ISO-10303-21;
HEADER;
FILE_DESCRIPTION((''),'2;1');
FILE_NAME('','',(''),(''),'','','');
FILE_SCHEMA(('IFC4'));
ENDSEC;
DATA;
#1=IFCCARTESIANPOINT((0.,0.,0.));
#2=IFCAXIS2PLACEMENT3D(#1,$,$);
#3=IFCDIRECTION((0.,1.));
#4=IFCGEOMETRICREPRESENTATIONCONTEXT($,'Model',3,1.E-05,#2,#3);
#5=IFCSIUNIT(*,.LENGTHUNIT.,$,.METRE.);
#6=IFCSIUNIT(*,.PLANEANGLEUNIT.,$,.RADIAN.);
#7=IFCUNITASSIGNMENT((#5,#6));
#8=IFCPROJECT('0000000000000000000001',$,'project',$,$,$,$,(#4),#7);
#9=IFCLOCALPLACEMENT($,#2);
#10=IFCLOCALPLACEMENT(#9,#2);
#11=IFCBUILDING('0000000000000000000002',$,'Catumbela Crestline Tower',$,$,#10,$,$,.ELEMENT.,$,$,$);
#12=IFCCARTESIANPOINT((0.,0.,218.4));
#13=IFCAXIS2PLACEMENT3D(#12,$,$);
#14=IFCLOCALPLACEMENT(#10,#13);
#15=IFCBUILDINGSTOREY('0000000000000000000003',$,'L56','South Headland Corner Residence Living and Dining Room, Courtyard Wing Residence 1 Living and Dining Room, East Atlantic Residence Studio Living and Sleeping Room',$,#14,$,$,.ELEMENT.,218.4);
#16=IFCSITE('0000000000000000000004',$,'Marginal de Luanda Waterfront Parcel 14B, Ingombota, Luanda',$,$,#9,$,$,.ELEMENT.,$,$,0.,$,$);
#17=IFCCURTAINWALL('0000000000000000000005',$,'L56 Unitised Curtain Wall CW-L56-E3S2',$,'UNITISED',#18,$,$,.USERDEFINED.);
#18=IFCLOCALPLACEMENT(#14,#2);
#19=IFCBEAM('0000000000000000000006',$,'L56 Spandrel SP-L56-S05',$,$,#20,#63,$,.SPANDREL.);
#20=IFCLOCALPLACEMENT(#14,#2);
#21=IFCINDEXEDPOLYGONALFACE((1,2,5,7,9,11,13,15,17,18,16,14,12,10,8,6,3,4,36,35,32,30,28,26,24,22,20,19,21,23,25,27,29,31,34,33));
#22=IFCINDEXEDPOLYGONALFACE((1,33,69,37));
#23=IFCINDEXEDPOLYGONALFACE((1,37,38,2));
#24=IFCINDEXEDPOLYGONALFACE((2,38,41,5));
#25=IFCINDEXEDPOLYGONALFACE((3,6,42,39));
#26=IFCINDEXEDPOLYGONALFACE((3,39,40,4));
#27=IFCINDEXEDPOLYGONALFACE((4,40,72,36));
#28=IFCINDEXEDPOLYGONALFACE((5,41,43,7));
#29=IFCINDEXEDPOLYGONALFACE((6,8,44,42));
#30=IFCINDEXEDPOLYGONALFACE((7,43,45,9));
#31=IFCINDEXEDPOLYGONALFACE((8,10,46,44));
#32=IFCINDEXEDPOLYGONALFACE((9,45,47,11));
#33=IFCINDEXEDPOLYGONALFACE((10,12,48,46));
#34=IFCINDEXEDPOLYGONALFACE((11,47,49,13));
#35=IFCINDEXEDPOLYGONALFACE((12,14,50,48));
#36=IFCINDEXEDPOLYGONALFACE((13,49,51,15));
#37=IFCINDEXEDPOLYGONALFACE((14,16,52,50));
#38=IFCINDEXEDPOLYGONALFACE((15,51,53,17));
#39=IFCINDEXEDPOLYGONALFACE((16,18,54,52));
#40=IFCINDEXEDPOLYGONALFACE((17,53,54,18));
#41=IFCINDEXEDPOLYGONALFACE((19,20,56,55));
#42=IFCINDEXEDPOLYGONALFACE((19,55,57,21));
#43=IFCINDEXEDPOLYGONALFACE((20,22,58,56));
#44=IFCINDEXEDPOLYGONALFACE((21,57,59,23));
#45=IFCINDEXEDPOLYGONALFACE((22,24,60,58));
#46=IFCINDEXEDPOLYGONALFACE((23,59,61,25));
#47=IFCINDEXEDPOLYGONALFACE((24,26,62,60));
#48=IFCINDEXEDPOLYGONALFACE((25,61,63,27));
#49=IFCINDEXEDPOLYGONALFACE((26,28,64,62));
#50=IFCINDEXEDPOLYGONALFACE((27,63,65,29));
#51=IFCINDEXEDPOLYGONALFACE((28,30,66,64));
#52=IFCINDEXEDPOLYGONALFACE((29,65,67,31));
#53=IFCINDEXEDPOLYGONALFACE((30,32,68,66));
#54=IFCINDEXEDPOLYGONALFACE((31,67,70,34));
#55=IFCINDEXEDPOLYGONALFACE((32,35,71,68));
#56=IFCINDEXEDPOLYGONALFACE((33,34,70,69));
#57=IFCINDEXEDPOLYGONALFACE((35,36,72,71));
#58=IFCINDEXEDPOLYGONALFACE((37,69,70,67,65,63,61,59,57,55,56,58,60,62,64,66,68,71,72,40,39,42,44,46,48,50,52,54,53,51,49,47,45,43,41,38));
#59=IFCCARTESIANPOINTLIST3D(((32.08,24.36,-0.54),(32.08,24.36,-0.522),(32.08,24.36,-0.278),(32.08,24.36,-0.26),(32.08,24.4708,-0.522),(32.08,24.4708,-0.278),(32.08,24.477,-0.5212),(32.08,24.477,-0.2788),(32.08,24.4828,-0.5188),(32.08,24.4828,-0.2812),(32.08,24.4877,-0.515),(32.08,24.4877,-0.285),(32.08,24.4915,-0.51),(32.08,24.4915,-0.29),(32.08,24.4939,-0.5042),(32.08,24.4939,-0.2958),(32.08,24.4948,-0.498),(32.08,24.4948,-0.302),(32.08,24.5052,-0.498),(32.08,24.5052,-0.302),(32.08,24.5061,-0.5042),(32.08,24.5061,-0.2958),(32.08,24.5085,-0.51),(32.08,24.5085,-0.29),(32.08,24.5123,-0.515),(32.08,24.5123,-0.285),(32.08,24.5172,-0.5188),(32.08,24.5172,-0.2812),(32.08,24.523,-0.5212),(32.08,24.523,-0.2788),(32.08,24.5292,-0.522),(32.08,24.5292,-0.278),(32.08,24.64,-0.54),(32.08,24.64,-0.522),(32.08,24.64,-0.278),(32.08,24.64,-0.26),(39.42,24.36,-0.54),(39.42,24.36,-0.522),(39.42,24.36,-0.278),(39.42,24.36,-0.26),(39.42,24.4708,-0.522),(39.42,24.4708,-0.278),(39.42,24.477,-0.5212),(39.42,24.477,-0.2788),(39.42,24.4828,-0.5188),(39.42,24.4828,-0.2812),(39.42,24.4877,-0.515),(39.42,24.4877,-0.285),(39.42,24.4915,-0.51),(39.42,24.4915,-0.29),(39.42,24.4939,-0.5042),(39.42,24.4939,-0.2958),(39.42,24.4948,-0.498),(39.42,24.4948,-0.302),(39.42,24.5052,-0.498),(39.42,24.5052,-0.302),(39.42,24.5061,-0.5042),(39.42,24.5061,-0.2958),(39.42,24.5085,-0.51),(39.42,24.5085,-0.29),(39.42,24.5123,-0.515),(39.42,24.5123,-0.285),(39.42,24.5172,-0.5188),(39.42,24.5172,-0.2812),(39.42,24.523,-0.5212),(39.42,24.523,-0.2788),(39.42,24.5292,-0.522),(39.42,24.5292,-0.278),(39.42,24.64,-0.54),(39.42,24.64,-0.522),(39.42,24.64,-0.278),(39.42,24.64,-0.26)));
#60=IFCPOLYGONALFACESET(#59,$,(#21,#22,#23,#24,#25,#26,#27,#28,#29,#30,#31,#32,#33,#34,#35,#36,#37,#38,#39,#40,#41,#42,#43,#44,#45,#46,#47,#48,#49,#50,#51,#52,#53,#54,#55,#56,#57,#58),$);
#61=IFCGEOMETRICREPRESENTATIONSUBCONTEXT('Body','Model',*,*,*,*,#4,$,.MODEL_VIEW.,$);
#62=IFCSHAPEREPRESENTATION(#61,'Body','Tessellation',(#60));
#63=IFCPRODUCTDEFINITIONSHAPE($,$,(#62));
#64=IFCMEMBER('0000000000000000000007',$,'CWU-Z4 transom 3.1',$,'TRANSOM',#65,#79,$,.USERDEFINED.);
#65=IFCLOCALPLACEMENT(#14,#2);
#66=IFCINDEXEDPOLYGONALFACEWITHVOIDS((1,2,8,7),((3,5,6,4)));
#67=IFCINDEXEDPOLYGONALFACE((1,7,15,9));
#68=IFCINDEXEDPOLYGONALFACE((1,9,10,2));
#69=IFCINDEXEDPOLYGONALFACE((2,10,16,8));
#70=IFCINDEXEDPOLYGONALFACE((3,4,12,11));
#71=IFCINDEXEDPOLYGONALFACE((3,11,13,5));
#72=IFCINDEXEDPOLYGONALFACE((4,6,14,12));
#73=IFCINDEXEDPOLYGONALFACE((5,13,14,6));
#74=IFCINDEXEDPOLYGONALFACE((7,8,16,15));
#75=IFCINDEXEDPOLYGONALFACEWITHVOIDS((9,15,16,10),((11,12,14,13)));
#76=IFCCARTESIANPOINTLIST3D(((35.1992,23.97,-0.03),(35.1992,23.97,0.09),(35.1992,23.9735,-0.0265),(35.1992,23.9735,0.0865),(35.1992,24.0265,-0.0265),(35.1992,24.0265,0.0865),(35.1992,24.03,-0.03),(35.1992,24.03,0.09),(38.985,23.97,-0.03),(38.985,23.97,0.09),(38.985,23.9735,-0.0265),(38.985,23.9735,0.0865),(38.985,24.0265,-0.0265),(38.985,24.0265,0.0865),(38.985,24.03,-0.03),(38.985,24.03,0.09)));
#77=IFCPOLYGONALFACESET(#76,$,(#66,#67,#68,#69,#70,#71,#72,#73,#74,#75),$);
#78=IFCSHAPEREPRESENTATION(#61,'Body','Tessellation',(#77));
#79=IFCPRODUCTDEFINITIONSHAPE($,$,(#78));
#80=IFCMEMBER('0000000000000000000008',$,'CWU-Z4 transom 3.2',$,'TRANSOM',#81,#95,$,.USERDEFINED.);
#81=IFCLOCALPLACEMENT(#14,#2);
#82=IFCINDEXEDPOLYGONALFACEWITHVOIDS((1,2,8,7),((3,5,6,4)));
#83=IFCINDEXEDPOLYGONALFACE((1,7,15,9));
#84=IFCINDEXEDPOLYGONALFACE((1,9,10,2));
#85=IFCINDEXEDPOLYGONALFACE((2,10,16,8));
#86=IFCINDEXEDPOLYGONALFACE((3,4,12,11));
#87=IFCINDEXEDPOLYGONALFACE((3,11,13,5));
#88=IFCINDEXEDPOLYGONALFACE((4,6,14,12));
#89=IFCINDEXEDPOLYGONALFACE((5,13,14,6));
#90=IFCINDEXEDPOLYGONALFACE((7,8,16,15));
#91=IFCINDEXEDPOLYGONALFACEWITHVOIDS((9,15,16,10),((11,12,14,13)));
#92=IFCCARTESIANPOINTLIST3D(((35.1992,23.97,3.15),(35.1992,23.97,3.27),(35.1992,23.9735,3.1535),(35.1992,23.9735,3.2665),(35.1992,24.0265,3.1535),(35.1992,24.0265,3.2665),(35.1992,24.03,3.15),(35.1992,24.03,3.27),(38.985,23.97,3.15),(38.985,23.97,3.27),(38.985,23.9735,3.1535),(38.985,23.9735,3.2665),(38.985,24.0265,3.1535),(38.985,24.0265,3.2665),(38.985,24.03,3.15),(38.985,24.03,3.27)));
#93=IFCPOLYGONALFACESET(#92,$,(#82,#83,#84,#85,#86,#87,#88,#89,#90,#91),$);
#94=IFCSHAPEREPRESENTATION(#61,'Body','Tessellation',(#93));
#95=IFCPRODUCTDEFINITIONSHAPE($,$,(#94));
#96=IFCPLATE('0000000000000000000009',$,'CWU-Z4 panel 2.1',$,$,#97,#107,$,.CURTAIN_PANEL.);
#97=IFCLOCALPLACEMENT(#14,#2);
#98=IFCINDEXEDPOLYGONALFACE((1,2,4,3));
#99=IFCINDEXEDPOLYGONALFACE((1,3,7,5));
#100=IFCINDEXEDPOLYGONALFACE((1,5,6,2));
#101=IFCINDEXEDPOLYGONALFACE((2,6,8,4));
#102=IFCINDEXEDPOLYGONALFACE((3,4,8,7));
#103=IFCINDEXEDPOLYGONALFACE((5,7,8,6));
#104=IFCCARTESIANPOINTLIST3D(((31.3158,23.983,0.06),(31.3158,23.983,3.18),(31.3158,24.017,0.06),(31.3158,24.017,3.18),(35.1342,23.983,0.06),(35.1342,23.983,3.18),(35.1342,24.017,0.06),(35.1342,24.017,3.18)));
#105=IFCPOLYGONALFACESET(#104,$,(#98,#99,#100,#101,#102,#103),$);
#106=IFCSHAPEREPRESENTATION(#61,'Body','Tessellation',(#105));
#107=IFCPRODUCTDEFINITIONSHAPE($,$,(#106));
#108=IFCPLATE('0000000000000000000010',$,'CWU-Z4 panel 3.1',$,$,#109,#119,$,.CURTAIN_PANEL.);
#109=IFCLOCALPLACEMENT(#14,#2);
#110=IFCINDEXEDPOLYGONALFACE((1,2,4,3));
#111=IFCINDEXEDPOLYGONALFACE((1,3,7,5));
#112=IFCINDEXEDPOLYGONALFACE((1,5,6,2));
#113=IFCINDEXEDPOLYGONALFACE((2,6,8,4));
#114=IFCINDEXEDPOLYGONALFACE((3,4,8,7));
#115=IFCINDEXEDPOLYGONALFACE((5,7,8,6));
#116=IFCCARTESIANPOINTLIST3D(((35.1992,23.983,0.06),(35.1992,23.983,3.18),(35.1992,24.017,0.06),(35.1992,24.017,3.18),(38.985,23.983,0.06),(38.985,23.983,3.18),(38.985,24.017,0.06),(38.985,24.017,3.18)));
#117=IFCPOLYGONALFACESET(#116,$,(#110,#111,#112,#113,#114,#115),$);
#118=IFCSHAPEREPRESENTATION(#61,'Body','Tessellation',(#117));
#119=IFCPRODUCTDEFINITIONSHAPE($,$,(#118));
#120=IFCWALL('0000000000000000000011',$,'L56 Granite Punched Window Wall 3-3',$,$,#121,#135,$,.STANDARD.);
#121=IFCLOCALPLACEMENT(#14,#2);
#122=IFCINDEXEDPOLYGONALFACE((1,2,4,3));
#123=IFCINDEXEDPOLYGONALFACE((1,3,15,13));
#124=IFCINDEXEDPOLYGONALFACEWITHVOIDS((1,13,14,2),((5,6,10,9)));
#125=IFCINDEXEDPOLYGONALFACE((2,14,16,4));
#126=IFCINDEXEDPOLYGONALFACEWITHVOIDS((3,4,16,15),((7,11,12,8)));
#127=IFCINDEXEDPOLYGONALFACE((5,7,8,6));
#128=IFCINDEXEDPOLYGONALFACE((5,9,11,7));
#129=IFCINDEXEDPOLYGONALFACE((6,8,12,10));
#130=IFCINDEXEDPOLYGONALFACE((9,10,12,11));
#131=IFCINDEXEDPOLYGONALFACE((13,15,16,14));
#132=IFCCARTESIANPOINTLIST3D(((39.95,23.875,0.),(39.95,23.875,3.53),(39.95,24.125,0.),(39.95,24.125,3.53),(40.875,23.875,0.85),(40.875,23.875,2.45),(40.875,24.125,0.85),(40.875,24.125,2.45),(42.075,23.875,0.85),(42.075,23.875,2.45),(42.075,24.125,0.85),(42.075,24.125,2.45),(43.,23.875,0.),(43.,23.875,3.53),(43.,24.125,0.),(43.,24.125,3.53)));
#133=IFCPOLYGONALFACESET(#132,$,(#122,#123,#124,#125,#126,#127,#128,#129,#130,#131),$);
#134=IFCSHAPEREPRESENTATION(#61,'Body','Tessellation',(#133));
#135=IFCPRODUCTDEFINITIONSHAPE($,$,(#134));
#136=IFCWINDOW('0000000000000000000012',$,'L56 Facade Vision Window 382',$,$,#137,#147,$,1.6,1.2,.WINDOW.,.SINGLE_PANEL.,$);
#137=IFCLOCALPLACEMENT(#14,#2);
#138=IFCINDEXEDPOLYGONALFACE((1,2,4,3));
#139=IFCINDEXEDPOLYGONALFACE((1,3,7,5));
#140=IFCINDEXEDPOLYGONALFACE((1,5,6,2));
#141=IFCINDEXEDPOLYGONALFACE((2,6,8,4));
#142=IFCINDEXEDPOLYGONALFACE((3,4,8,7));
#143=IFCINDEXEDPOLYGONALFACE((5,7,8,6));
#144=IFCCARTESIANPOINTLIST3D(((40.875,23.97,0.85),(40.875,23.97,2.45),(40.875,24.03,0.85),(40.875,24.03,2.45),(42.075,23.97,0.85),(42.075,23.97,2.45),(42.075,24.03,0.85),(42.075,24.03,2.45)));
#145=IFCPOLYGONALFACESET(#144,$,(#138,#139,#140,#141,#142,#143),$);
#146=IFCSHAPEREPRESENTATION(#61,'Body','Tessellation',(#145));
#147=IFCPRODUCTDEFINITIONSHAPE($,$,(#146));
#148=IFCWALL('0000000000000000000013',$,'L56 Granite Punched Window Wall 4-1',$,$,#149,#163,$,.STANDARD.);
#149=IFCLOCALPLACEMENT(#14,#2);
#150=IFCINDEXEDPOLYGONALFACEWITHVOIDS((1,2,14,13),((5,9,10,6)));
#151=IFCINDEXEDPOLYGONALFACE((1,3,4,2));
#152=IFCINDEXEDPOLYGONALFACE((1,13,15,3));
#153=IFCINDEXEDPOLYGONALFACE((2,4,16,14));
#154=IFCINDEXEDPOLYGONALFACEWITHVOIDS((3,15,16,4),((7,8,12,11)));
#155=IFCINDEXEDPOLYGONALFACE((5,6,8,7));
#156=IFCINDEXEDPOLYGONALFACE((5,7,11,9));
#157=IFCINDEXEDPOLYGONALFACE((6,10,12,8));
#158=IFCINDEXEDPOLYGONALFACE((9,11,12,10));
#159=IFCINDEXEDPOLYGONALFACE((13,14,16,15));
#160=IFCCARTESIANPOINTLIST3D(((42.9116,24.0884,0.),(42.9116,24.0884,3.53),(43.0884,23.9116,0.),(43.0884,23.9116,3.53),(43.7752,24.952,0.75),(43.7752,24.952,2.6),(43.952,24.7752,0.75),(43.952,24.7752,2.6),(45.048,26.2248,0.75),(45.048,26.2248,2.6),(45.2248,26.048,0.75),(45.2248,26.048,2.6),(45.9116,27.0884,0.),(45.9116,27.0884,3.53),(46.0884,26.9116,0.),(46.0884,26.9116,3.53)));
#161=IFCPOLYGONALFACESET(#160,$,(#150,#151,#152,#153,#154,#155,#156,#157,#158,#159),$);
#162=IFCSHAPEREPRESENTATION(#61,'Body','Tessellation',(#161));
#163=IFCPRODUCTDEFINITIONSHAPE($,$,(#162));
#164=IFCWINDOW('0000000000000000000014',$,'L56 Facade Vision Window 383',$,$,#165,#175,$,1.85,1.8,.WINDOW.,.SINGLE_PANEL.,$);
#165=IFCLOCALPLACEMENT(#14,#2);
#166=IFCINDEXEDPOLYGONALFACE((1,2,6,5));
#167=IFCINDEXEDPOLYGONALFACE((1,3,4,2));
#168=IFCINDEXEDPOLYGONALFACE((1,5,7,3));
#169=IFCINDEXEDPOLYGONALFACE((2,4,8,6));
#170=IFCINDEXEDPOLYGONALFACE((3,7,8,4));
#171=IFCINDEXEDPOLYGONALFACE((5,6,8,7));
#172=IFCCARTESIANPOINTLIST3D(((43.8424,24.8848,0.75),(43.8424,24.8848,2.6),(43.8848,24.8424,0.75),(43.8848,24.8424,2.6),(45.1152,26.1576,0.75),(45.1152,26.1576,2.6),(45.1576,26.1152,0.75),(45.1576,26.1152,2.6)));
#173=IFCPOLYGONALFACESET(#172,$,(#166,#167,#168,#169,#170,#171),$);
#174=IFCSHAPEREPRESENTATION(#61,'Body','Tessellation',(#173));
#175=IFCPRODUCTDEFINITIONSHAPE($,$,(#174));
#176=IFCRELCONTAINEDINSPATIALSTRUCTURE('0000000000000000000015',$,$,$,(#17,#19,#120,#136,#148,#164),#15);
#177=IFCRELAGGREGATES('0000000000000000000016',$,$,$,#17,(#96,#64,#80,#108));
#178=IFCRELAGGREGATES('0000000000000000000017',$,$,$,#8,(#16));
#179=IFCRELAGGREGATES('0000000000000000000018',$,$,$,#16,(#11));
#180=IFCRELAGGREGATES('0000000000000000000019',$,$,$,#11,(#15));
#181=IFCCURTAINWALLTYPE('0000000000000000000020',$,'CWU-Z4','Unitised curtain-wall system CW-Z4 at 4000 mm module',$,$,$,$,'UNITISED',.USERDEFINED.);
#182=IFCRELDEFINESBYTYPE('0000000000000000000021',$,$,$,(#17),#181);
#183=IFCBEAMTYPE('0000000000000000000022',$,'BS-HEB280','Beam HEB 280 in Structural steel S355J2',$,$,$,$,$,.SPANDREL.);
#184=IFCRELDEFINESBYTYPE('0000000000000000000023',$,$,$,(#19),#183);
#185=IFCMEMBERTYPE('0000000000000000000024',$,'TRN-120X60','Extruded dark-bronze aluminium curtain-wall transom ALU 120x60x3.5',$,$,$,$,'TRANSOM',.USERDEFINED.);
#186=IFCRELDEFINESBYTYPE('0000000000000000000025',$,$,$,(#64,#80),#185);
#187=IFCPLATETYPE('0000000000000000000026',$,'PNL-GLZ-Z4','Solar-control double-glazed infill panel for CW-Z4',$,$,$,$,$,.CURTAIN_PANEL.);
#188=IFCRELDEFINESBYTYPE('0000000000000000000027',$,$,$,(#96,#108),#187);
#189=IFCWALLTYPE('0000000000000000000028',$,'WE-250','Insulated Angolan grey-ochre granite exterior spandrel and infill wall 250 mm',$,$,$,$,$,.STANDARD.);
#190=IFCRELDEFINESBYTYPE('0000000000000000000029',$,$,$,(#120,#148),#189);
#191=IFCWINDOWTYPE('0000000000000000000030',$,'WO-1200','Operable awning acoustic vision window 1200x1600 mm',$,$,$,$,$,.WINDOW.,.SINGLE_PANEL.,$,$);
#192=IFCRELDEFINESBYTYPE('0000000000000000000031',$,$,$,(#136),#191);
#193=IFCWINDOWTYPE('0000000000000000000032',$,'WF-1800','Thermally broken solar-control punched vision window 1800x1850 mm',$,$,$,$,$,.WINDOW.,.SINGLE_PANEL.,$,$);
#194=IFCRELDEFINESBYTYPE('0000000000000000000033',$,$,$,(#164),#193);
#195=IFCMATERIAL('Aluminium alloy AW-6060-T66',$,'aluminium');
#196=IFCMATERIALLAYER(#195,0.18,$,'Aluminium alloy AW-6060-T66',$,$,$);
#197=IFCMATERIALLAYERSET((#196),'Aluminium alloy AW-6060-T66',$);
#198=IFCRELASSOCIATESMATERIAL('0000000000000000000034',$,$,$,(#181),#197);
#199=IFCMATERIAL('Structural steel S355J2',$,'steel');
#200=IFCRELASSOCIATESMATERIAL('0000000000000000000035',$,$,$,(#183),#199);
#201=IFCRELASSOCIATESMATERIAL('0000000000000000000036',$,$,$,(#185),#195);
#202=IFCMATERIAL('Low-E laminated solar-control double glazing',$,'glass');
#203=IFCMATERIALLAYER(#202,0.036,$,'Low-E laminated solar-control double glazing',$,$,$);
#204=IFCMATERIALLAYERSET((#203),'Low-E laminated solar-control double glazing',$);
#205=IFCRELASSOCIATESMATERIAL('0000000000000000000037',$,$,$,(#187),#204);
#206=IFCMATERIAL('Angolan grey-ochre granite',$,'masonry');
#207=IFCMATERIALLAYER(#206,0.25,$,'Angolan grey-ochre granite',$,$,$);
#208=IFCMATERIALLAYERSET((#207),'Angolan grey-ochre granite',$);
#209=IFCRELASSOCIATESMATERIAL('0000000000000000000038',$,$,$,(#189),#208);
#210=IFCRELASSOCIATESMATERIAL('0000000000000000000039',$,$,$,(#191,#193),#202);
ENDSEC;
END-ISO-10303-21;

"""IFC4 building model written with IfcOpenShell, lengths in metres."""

from ifc_helpers import new_model, si_unit, direction, frame, frame_2d, origin, origin_2d, place, context, subcontext, project, spatial, rectangle, hollow_rectangle, i_section, extrude, material, layer, layer_set, material_profile, profile_set, type_object, element, fill, aggregate, save


model = new_model("IFC4")

# Units and contexts
model_context = context("Model", 3, precision=1e-05, world=origin(), true_north=direction((0.0, 1.0)))
body_context = subcontext(model_context, "Body", "Model", "MODEL_VIEW")
ifc_project = project(units=[si_unit("LENGTHUNIT", "METRE"), si_unit("PLANEANGLEUNIT", "RADIAN")], contexts=[model_context])

# Site, building, storey
site_placement = place(None, origin())
site = spatial("IfcSite", under=ifc_project, at=site_placement, Name="Marginal de Luanda Waterfront Parcel 14B, Ingombota, Luanda", CompositionType="ELEMENT", RefElevation=0.0)
building_placement = place(site_placement, origin())
building = spatial("IfcBuilding", under=site, at=building_placement, Name="Catumbela Crestline Tower", CompositionType="ELEMENT")
storey_placement = place(building_placement, frame((0.0, 0.0, 218.4)))
storey = spatial("IfcBuildingStorey", under=building, at=storey_placement, Name="L56", Description="South Headland Corner Residence Living and Dining Room, Courtyard Wing Residence 1 Living and Dining Room, East Atlantic Residence Studio Living and Sleeping Room", CompositionType="ELEMENT", Elevation=218.4)

# Shared definitions
ifc_material_1 = material(Name="Structural steel S355J2", Category="steel")

# Curtain wall
ifc_material_2 = material(Name="Aluminium alloy AW-6060-T66", Category="aluminium")
ifc_layer_1 = layer(ifc_material_2, 0.18, Name="Aluminium alloy AW-6060-T66")
ifc_layer_set_1 = layer_set([ifc_layer_1], Name="Aluminium alloy AW-6060-T66")
curtain_wall_type = type_object("IfcCurtainWallType", Name="CWU-Z4", Description="Unitised curtain-wall system CW-Z4 at 4000 mm module", ElementType="UNITISED", PredefinedType="USERDEFINED", material=ifc_layer_set_1)
curtain_wall_placement = place(storey_placement, origin())
curtain_wall = element("IfcCurtainWall", 1, at=curtain_wall_placement, inside=storey, type_object=curtain_wall_type, Name="L56 Unitised Curtain Wall CW-L56-E3S2", ObjectType="UNITISED", PredefinedType="USERDEFINED")

# Beam
ifc_material_profile_1 = material_profile(ifc_material_1, i_section(OverallWidth=0.28, OverallDepth=0.28, WebThickness=0.0105, FlangeThickness=0.018, FilletRadius=0.024, at=origin_2d()), Name="HEB 280")
ifc_profile_set_1 = profile_set([ifc_material_profile_1], Name="Structural steel S355J2")
beam_type_1 = type_object("IfcBeamType", Name="BS-HEB280", Description="Beam HEB 280 in Structural steel S355J2", PredefinedType="SPANDREL", material=ifc_profile_set_1)
beam_1_placement = place(storey_placement, frame((32.08, 24.5, -0.4), z_axis=(1.0, 0.0, 0.0), x_axis=(0.0, 1.0, 0.0)))
element("IfcBeam", 2, at=beam_1_placement, inside=storey, type_object=beam_type_1, Name="L56 Spandrel SP-L56-S05", PredefinedType="SPANDREL", context=body_context, shape_type="SweptSolid", body=[
    extrude(i_section(OverallWidth=0.28, OverallDepth=0.28, WebThickness=0.0105, FlangeThickness=0.018, FilletRadius=0.024, at=origin_2d()), origin(), (0.0, 0.0, 1.0), 7.34),
])

# Members
ifc_material_profile_2 = material_profile(ifc_material_2, hollow_rectangle(XDim=0.06, YDim=0.12, WallThickness=0.0035, at=origin_2d()), Name="ALU 120x60x3.5")
ifc_profile_set_2 = profile_set([ifc_material_profile_2], Name="Aluminium alloy AW-6060-T66")
member_type_1 = type_object("IfcMemberType", Name="TRN-120X60", Description="Extruded dark-bronze aluminium curtain-wall transom ALU 120x60x3.5", ElementType="TRANSOM", PredefinedType="USERDEFINED", material=ifc_profile_set_2)
member_1_placement = place(storey_placement, frame((35.1992, 24.0, 0.03), z_axis=(1.0, 0.0, 0.0), x_axis=(0.0, 1.0, 0.0)))
member_1 = element("IfcMember", 3, at=member_1_placement, type_object=member_type_1, Name="CWU-Z4 transom 3.1", ObjectType="TRANSOM", PredefinedType="USERDEFINED", context=body_context, shape_type="SweptSolid", body=[
    extrude(hollow_rectangle(XDim=0.06, YDim=0.12, WallThickness=0.0035, at=origin_2d()), origin(), (0.0, 0.0, 1.0), 3.7858),
])
member_2_placement = place(storey_placement, frame((35.1992, 24.0, 3.21), z_axis=(1.0, 0.0, 0.0), x_axis=(0.0, 1.0, 0.0)))
member_2 = element("IfcMember", 4, at=member_2_placement, type_object=member_type_1, Name="CWU-Z4 transom 3.2", ObjectType="TRANSOM", PredefinedType="USERDEFINED", context=body_context, shape_type="SweptSolid", body=[
    extrude(hollow_rectangle(XDim=0.06, YDim=0.12, WallThickness=0.0035, at=origin_2d()), origin(), (0.0, 0.0, 1.0), 3.7858),
])

# Plates
ifc_material_3 = material(Name="Low-E laminated solar-control double glazing", Category="glass")
ifc_layer_2 = layer(ifc_material_3, 0.036, Name="Low-E laminated solar-control double glazing")
ifc_layer_set_2 = layer_set([ifc_layer_2], Name="Low-E laminated solar-control double glazing")
plate_type = type_object("IfcPlateType", Name="PNL-GLZ-Z4", Description="Solar-control double-glazed infill panel for CW-Z4", PredefinedType="CURTAIN_PANEL", material=ifc_layer_set_2)
plate_1_placement = place(storey_placement, frame((33.225, 24.0, 0.06), z_axis=(0.0, 0.0, 1.0), x_axis=(1.0, 0.0, 0.0)))
plate_1 = element("IfcPlate", 5, at=plate_1_placement, type_object=plate_type, Name="CWU-Z4 panel 2.1", PredefinedType="CURTAIN_PANEL", context=body_context, shape_type="SweptSolid", body=[
    extrude(rectangle(XDim=3.8183, YDim=0.034, at=origin_2d()), origin(), (0.0, 0.0, 1.0), 3.12),
])
plate_2_placement = place(storey_placement, frame((37.0921, 24.0, 0.06), z_axis=(0.0, 0.0, 1.0), x_axis=(1.0, 0.0, 0.0)))
plate_2 = element("IfcPlate", 6, at=plate_2_placement, type_object=plate_type, Name="CWU-Z4 panel 3.1", PredefinedType="CURTAIN_PANEL", context=body_context, shape_type="SweptSolid", body=[
    extrude(rectangle(XDim=3.7858, YDim=0.034, at=origin_2d()), origin(), (0.0, 0.0, 1.0), 3.12),
])
aggregate(curtain_wall, [plate_1, member_1, member_2, plate_2])

# Walls, openings, windows
ifc_material_4 = material(Name="Angolan grey-ochre granite", Category="masonry")
ifc_layer_3 = layer(ifc_material_4, 0.25, Name="Angolan grey-ochre granite")
ifc_layer_set_3 = layer_set([ifc_layer_3], Name="Angolan grey-ochre granite")
wall_type_1 = type_object("IfcWallType", Name="WE-250", Description="Insulated Angolan grey-ochre granite exterior spandrel and infill wall 250 mm", PredefinedType="STANDARD", material=ifc_layer_set_3)
wall_1_placement = place(storey_placement, frame((39.95, 24.0, 0.0), z_axis=(0.0, 0.0, 1.0), x_axis=(1.0, 0.0, 0.0)))
wall_1 = element("IfcWall", 7, at=wall_1_placement, inside=storey, type_object=wall_type_1, Name="L56 Granite Punched Window Wall 3-3", PredefinedType="STANDARD", context=body_context, shape_type="SweptSolid", body=[
    extrude(rectangle(XDim=3.05, YDim=0.25, at=frame_2d((1.525, 0.0))), origin(), (0.0, 0.0, 1.0), 3.53),
])
opening_1_placement = place(wall_1_placement, frame((0.925, 0.0, 0.85)))
opening_1 = element("IfcOpeningElement", 8, at=opening_1_placement, cuts=wall_1, PredefinedType="OPENING", context=body_context, shape_type="SweptSolid", body=[
    extrude(rectangle(XDim=1.2, YDim=1.6, at=frame_2d((0.6, 0.8))), frame((0.0, 0.135, 0.0), z_axis=(0.0, -1.0, 0.0), x_axis=(1.0, 0.0, 0.0)), (0.0, 0.0, 1.0), 0.27),
])
window_type_1 = type_object("IfcWindowType", Name="WO-1200", Description="Operable awning acoustic vision window 1200x1600 mm", PartitioningType="SINGLE_PANEL", PredefinedType="WINDOW", material=ifc_material_3)
window_1_placement = place(opening_1_placement, origin())
window_1 = element("IfcWindow", 9, at=window_1_placement, inside=storey, type_object=window_type_1, Name="L56 Facade Vision Window 382", OverallHeight=1.6, OverallWidth=1.2, PartitioningType="SINGLE_PANEL", PredefinedType="WINDOW", context=body_context, shape_type="SweptSolid", body=[
    extrude(rectangle(XDim=1.2, YDim=1.6, at=frame_2d((0.6, 0.8))), frame((0.0, 0.03, 0.0), z_axis=(0.0, -1.0, 0.0), x_axis=(1.0, 0.0, 0.0)), (0.0, 0.0, 1.0), 0.06),
])
fill(opening_1, window_1)
wall_2_placement = place(storey_placement, frame((43.0, 24.0, 0.0), z_axis=(0.0, 0.0, 1.0), x_axis=(0.707107, 0.707107, 0.0)))
wall_2 = element("IfcWall", 10, at=wall_2_placement, inside=storey, type_object=wall_type_1, Name="L56 Granite Punched Window Wall 4-1", PredefinedType="STANDARD", context=body_context, shape_type="SweptSolid", body=[
    extrude(rectangle(XDim=4.2426, YDim=0.25, at=frame_2d((2.1213, 0.0))), origin(), (0.0, 0.0, 1.0), 3.53),
])
opening_2_placement = place(wall_2_placement, frame((1.2213, 0.0, 0.75)))
opening_2 = element("IfcOpeningElement", 11, at=opening_2_placement, cuts=wall_2, PredefinedType="OPENING", context=body_context, shape_type="SweptSolid", body=[
    extrude(rectangle(XDim=1.8, YDim=1.85, at=frame_2d((0.9, 0.925))), frame((0.0, 0.135, 0.0), z_axis=(0.0, -1.0, 0.0), x_axis=(1.0, 0.0, 0.0)), (0.0, 0.0, 1.0), 0.27),
])
window_type_2 = type_object("IfcWindowType", Name="WF-1800", Description="Thermally broken solar-control punched vision window 1800x1850 mm", PartitioningType="SINGLE_PANEL", PredefinedType="WINDOW", material=ifc_material_3)
window_2_placement = place(opening_2_placement, origin())
window_2 = element("IfcWindow", 12, at=window_2_placement, inside=storey, type_object=window_type_2, Name="L56 Facade Vision Window 383", OverallHeight=1.85, OverallWidth=1.8, PartitioningType="SINGLE_PANEL", PredefinedType="WINDOW", context=body_context, shape_type="SweptSolid", body=[
    extrude(rectangle(XDim=1.8, YDim=1.85, at=frame_2d((0.9, 0.925))), frame((0.0, 0.03, 0.0), z_axis=(0.0, -1.0, 0.0), x_axis=(1.0, 0.0, 0.0)), (0.0, 0.0, 1.0), 0.06),
])
fill(opening_2, window_2)

save(model, "model.ifc")
